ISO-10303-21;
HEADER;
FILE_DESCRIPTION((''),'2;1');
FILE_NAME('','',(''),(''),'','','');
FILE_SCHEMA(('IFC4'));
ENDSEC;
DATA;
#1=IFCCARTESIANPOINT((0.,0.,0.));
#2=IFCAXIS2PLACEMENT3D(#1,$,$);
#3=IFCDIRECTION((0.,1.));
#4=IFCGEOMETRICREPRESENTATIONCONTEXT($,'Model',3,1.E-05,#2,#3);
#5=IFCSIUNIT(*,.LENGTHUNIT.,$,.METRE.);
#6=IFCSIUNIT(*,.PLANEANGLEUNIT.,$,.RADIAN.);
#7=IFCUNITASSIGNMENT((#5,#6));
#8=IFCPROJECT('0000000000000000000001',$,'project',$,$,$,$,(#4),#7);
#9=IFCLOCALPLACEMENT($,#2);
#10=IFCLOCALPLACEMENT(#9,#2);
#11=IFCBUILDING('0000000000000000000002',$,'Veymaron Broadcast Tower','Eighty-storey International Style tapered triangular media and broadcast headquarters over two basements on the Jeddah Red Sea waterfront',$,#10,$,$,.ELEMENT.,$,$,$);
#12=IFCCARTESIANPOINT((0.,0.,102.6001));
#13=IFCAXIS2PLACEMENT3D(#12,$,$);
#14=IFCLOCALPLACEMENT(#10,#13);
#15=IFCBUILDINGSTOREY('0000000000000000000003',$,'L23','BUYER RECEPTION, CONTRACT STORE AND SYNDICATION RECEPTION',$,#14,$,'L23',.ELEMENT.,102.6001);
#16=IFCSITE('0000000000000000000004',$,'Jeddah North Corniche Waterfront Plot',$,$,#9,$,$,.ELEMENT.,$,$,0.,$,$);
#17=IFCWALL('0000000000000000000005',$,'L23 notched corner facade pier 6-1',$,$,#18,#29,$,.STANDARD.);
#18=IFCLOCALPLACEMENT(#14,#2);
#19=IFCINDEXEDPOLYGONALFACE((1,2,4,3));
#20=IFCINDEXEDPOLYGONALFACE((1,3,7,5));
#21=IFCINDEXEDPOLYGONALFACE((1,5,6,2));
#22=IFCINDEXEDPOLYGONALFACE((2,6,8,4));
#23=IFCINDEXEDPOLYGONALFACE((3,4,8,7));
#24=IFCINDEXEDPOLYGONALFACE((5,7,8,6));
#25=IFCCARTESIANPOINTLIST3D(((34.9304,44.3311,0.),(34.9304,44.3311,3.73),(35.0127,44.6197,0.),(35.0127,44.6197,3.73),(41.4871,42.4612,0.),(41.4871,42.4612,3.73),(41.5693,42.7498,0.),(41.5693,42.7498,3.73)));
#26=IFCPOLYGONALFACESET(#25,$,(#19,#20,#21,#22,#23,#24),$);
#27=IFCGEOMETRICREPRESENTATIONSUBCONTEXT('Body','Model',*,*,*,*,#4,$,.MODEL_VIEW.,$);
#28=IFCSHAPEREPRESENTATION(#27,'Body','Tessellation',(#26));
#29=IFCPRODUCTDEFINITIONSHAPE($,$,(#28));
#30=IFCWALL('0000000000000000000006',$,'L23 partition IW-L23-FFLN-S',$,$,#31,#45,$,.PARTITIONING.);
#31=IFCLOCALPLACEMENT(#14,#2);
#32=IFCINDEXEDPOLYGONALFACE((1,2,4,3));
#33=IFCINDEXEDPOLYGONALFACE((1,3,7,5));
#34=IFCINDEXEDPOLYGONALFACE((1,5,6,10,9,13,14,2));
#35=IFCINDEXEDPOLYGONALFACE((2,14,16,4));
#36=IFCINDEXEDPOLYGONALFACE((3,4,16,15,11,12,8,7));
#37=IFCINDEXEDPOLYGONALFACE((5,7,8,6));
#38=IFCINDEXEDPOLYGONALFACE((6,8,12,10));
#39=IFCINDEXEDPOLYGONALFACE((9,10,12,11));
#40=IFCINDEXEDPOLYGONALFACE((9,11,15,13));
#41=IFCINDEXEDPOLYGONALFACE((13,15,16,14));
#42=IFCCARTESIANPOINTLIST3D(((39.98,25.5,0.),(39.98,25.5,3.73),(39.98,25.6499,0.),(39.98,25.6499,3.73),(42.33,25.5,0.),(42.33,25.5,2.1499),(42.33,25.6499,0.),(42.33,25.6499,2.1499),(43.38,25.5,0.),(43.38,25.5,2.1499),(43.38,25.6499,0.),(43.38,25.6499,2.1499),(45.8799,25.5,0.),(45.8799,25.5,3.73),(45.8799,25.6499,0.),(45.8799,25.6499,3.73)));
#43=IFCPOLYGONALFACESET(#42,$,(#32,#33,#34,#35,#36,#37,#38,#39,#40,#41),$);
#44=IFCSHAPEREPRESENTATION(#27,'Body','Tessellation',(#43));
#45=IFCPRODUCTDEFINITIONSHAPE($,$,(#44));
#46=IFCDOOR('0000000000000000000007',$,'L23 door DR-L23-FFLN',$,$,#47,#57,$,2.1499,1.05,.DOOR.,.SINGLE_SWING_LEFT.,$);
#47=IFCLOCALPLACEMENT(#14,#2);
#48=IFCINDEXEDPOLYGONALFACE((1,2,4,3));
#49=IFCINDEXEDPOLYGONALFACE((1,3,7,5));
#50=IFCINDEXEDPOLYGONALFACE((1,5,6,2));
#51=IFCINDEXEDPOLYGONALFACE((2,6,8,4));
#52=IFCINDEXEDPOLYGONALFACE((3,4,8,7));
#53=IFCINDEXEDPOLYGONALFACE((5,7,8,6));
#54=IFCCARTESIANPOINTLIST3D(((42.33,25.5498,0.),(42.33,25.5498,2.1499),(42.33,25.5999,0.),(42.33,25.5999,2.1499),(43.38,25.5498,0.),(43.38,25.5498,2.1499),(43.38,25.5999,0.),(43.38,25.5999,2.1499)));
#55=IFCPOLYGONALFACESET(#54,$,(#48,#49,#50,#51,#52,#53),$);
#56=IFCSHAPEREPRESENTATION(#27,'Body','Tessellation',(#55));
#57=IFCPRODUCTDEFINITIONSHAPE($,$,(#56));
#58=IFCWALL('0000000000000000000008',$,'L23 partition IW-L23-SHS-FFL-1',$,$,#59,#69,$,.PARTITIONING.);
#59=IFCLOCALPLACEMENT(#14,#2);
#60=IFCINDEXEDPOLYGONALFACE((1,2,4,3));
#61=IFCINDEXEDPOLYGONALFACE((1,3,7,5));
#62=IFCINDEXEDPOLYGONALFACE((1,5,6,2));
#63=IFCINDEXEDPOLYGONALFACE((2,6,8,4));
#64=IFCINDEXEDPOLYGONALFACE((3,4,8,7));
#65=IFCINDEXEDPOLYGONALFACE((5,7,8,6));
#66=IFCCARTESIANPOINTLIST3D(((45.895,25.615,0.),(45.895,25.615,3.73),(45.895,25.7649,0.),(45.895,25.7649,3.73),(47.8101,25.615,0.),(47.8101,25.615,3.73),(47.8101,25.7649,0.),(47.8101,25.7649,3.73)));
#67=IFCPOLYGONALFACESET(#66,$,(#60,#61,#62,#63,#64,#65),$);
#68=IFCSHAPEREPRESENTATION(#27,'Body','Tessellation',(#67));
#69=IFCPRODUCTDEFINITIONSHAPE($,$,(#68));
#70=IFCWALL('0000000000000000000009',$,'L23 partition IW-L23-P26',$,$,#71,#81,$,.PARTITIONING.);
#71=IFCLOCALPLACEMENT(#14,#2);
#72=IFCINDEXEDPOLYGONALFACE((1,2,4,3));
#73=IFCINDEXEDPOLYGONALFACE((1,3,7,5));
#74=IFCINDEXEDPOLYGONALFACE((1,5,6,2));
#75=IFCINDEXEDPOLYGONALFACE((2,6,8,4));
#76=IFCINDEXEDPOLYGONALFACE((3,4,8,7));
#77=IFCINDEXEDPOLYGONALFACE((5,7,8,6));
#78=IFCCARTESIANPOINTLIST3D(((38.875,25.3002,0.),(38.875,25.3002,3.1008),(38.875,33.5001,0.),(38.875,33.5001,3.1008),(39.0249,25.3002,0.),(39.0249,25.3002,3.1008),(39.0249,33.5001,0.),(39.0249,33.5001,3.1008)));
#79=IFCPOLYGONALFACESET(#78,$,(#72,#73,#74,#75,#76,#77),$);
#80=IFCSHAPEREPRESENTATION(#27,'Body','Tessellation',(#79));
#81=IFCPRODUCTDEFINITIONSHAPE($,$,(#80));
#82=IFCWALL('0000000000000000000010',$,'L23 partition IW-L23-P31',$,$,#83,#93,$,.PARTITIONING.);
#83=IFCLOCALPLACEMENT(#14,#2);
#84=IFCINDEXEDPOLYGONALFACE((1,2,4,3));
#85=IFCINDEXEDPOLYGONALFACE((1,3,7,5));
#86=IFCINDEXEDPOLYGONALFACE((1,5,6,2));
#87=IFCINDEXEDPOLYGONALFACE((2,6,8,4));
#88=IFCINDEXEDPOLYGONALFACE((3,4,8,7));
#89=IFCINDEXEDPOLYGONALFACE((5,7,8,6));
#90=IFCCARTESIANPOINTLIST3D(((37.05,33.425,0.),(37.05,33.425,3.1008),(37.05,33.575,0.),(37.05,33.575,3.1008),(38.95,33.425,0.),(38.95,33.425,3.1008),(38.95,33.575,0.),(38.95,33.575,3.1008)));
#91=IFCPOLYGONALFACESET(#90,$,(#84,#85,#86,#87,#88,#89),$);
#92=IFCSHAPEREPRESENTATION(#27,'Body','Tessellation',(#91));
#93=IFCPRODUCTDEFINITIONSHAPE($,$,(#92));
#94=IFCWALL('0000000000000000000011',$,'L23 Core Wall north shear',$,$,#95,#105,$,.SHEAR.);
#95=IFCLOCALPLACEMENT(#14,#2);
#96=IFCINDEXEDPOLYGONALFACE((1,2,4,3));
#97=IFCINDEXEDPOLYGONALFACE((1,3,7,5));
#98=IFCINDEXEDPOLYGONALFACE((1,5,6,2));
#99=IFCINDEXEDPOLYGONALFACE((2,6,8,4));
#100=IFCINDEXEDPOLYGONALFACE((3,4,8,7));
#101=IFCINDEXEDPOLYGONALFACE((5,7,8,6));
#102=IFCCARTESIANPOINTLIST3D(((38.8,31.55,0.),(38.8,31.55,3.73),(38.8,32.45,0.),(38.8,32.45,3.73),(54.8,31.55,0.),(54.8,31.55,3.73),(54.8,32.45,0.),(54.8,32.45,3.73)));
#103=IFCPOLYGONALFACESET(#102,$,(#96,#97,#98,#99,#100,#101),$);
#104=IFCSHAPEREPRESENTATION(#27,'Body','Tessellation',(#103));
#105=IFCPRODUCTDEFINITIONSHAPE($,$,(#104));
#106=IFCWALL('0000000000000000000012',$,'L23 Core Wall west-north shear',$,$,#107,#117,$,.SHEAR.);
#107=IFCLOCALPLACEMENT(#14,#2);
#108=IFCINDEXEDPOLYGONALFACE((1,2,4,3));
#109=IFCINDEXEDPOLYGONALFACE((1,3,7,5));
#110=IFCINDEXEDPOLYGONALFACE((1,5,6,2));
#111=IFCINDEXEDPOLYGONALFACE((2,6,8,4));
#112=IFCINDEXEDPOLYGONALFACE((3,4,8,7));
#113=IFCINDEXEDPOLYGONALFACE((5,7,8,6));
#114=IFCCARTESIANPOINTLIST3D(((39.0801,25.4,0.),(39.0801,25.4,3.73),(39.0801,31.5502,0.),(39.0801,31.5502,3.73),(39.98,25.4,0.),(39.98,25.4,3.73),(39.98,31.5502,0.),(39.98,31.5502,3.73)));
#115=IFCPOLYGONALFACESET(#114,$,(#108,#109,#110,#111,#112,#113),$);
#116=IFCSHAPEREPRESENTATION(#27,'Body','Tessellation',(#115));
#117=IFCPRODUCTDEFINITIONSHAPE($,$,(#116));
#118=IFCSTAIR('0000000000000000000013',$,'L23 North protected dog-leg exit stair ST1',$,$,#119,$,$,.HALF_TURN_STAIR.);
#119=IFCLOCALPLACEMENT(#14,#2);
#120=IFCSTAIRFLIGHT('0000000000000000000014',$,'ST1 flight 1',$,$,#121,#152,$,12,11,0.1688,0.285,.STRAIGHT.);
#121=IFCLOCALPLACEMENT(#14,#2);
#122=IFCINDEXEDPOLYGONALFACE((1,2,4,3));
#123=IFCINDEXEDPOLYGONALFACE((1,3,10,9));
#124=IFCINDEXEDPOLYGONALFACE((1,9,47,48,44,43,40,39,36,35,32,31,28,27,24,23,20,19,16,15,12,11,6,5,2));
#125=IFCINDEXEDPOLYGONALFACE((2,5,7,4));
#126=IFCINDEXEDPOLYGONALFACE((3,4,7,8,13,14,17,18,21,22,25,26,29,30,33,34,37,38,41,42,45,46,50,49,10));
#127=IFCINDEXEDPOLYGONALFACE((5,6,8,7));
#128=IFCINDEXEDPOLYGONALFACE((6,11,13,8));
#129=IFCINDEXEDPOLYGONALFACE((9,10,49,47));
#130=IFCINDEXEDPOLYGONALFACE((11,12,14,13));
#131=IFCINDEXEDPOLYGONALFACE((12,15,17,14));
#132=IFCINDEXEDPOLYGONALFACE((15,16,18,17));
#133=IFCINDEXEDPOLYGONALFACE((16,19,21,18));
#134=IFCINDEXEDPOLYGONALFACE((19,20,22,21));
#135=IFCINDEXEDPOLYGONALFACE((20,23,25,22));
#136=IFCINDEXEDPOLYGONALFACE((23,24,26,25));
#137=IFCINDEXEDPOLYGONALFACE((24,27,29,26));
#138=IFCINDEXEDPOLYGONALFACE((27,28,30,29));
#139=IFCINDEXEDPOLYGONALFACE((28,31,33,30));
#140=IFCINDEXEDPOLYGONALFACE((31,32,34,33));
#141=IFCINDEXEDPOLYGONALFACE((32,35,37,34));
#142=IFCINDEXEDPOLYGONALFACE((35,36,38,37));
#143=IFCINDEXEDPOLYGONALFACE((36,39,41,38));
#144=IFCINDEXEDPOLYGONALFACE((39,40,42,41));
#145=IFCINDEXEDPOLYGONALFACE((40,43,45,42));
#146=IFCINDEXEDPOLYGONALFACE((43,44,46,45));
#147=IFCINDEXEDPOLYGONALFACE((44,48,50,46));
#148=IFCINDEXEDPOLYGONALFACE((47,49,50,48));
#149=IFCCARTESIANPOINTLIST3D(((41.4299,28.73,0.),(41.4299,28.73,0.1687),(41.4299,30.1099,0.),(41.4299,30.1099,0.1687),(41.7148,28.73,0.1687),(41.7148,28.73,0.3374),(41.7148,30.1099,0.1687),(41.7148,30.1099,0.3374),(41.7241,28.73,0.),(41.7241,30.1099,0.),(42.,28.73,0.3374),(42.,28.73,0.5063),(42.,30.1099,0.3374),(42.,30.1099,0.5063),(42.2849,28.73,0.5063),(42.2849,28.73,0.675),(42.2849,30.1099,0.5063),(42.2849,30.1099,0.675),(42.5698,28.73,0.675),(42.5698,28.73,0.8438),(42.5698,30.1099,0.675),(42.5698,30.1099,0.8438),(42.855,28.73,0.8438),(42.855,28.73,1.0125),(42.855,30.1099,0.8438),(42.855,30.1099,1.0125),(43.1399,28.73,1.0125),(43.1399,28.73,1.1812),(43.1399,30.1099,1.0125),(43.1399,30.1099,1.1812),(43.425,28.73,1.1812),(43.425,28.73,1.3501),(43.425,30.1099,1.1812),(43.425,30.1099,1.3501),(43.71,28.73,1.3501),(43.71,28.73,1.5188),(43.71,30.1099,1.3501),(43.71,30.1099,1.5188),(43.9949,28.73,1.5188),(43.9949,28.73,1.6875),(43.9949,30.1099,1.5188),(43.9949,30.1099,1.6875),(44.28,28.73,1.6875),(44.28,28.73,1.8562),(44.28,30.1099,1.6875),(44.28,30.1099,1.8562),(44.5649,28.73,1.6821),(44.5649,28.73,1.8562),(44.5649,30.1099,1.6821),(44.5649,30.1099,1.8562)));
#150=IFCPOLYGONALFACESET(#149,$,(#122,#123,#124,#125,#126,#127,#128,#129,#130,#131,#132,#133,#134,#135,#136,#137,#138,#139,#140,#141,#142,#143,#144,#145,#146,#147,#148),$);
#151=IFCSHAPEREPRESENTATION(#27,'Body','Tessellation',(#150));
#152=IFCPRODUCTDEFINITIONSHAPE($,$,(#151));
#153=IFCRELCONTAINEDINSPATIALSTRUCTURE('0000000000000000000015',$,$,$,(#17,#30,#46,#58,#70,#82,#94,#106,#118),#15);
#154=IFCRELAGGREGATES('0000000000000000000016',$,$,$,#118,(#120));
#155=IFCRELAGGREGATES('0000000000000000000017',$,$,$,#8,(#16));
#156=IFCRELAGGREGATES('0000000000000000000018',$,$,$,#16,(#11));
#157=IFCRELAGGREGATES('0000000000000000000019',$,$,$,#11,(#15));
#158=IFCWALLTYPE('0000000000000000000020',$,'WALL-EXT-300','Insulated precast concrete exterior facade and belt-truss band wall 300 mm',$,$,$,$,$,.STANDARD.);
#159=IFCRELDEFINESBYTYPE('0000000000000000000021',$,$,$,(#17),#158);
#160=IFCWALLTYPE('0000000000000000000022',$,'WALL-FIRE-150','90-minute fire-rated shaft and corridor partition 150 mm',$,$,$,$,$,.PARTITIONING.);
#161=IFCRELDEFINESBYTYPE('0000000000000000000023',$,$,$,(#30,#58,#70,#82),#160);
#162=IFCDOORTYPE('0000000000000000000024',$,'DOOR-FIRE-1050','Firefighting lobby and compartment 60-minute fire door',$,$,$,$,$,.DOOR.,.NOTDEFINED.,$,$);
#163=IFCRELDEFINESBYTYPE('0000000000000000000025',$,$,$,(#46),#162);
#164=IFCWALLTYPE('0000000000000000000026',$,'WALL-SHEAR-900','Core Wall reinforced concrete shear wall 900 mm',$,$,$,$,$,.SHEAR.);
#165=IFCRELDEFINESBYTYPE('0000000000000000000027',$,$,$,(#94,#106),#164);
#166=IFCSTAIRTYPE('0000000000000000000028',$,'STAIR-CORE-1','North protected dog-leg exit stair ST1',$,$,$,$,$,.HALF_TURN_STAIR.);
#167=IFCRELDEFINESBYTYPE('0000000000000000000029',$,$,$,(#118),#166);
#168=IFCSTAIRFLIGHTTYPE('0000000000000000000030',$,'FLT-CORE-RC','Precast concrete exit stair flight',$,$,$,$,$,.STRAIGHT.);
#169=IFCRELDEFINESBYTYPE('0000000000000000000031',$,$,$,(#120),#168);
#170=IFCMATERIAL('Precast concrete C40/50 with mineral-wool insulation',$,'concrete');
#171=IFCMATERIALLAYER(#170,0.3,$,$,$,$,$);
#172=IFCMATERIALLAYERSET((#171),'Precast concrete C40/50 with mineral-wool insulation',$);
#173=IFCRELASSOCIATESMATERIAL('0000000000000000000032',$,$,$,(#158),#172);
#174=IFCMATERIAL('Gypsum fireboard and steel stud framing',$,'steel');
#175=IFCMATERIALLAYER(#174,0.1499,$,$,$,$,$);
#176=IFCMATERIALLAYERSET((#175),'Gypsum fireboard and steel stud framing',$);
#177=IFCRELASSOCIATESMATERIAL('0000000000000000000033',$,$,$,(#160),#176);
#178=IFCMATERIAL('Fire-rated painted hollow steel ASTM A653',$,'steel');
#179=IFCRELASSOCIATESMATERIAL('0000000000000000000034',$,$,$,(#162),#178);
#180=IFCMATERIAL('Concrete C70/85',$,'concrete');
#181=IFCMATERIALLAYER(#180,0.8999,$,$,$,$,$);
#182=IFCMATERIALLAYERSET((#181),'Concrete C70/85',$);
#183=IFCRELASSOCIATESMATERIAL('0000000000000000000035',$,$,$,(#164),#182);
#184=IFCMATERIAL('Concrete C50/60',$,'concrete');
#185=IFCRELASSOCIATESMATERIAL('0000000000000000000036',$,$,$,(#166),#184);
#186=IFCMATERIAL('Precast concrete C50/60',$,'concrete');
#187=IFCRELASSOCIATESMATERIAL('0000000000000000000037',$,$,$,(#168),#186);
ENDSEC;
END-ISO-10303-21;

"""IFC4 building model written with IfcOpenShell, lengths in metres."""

from ifc_helpers import new_model, si_unit, direction, frame, frame_2d, origin, place, context, subcontext, project, spatial, polyline, rectangle, outline, extrude, material, layer, layer_set, type_object, element, fill, aggregate, save


model = new_model("IFC4")

# Units and contexts
model_context = context("Model", 3, precision=1e-05, world=origin(), true_north=direction((0.0, 1.0)))
body_context = subcontext(model_context, "Body", "Model", "MODEL_VIEW")
ifc_project = project(units=[si_unit("LENGTHUNIT", "METRE"), si_unit("PLANEANGLEUNIT", "RADIAN")], contexts=[model_context])

# Site, building, storey
site_placement = place(None, origin())
site = spatial("IfcSite", under=ifc_project, at=site_placement, Name="Jeddah North Corniche Waterfront Plot", CompositionType="ELEMENT", RefElevation=0.0)
building_placement = place(site_placement, origin())
building = spatial("IfcBuilding", under=site, at=building_placement, Name="Veymaron Broadcast Tower", Description="Eighty-storey International Style tapered triangular media and broadcast headquarters over two basements on the Jeddah Red Sea waterfront", CompositionType="ELEMENT")
storey_placement = place(building_placement, frame((0.0, 0.0, 102.6001)))
storey = spatial("IfcBuildingStorey", under=building, at=storey_placement, Name="L23", Description="BUYER RECEPTION, CONTRACT STORE AND SYNDICATION RECEPTION", LongName="L23", CompositionType="ELEMENT", Elevation=102.6001)

# Wall
ifc_material_1 = material(Name="Precast concrete C40/50 with mineral-wool insulation", Category="concrete")
ifc_layer_1 = layer(ifc_material_1, 0.3)
ifc_layer_set_1 = layer_set([ifc_layer_1], Name="Precast concrete C40/50 with mineral-wool insulation")
wall_type_1 = type_object("IfcWallType", Name="WALL-EXT-300", Description="Insulated precast concrete exterior facade and belt-truss band wall 300 mm", PredefinedType="STANDARD", material=ifc_layer_set_1)
wall_1_placement = place(storey_placement, frame((41.5283, 42.6055, 0.0), z_axis=(0.0, 0.0, 1.0), x_axis=(-0.961658, 0.274253, 0.0)))
element("IfcWall", 1, at=wall_1_placement, inside=storey, type_object=wall_type_1, Name="L23 notched corner facade pier 6-1", PredefinedType="STANDARD", context=body_context, shape_type="SweptSolid", body=[
    extrude(rectangle(XDim=6.8181, YDim=0.3, at=frame_2d((3.4092, 0.0))), origin(), (0.0, 0.0, 1.0), 3.73),
])

# Wall, opening, door
ifc_material_2 = material(Name="Gypsum fireboard and steel stud framing", Category="steel")
ifc_layer_2 = layer(ifc_material_2, 0.1499)
ifc_layer_set_2 = layer_set([ifc_layer_2], Name="Gypsum fireboard and steel stud framing")
wall_type_2 = type_object("IfcWallType", Name="WALL-FIRE-150", Description="90-minute fire-rated shaft and corridor partition 150 mm", PredefinedType="PARTITIONING", material=ifc_layer_set_2)
wall_2_placement = place(storey_placement, frame((39.98, 25.575, 0.0), z_axis=(0.0, 0.0, 1.0), x_axis=(1.0, 0.0, 0.0)))
wall_2 = element("IfcWall", 2, at=wall_2_placement, inside=storey, type_object=wall_type_2, Name="L23 partition IW-L23-FFLN-S", PredefinedType="PARTITIONING", context=body_context, shape_type="SweptSolid", body=[
    extrude(rectangle(XDim=5.8999, YDim=0.1499, at=frame_2d((2.95, 0.0))), origin(), (0.0, 0.0, 1.0), 3.73),
])
opening_1_placement = place(wall_2_placement, frame((2.3501, 0.0, 0.0)))
opening_1 = element("IfcOpeningElement", 3, at=opening_1_placement, cuts=wall_2, PredefinedType="OPENING", context=body_context, shape_type="SweptSolid", body=[
    extrude(rectangle(XDim=1.05, YDim=2.1499, at=frame_2d((0.5249, 1.075))), frame((0.0, 0.085, 0.0), z_axis=(0.0, -1.0, 0.0), x_axis=(1.0, 0.0, 0.0)), (0.0, 0.0, 1.0), 0.1699),
])
ifc_material_3 = material(Name="Fire-rated painted hollow steel ASTM A653", Category="steel")
door_type_1 = type_object("IfcDoorType", Name="DOOR-FIRE-1050", Description="Firefighting lobby and compartment 60-minute fire door", OperationType="NOTDEFINED", PredefinedType="DOOR", material=ifc_material_3)
door_1_placement = place(opening_1_placement, origin())
door_1 = element("IfcDoor", 4, at=door_1_placement, inside=storey, type_object=door_type_1, Name="L23 door DR-L23-FFLN", OperationType="SINGLE_SWING_LEFT", OverallHeight=2.1499, OverallWidth=1.05, PredefinedType="DOOR", context=body_context, shape_type="SweptSolid", body=[
    extrude(rectangle(XDim=1.05, YDim=2.1499, at=frame_2d((0.5249, 1.075))), frame((0.0, 0.0249, 0.0), z_axis=(0.0, -1.0, 0.0), x_axis=(1.0, 0.0, 0.0)), (0.0, 0.0, 1.0), 0.05),
])
fill(opening_1, door_1)

# Wall
wall_3_placement = place(storey_placement, frame((45.895, 25.6899, 0.0), z_axis=(0.0, 0.0, 1.0), x_axis=(1.0, 0.0, 0.0)))
element("IfcWall", 5, at=wall_3_placement, inside=storey, type_object=wall_type_2, Name="L23 partition IW-L23-SHS-FFL-1", PredefinedType="PARTITIONING", context=body_context, shape_type="SweptSolid", body=[
    extrude(rectangle(XDim=1.915, YDim=0.1499, at=frame_2d((0.9575, 0.0))), origin(), (0.0, 0.0, 1.0), 3.73),
])

# Walls
wall_4_placement = place(storey_placement, frame((38.95, 25.3, 0.0), z_axis=(0.0, 0.0, 1.0), x_axis=(0.0, 1.0, 0.0)))
element("IfcWall", 6, at=wall_4_placement, inside=storey, type_object=wall_type_2, Name="L23 partition IW-L23-P26", PredefinedType="PARTITIONING", context=body_context, shape_type="SweptSolid", body=[
    extrude(rectangle(XDim=8.2, YDim=0.1499, at=frame_2d((4.1001, 0.0))), origin(), (0.0, 0.0, 1.0), 3.1008),
])
wall_5_placement = place(storey_placement, frame((37.05, 33.5, 0.0), z_axis=(0.0, 0.0, 1.0), x_axis=(1.0, 0.0, 0.0)))
element("IfcWall", 7, at=wall_5_placement, inside=storey, type_object=wall_type_2, Name="L23 partition IW-L23-P31", PredefinedType="PARTITIONING", context=body_context, shape_type="SweptSolid", body=[
    extrude(rectangle(XDim=1.8999, YDim=0.1499, at=frame_2d((0.95, 0.0))), origin(), (0.0, 0.0, 1.0), 3.1008),
])

# Shared definitions
ifc_material_4 = material(Name="Concrete C50/60", Category="concrete")

# Walls
ifc_material_5 = material(Name="Concrete C70/85", Category="concrete")
ifc_layer_3 = layer(ifc_material_5, 0.8999)
ifc_layer_set_3 = layer_set([ifc_layer_3], Name="Concrete C70/85")
wall_type_3 = type_object("IfcWallType", Name="WALL-SHEAR-900", Description="Core Wall reinforced concrete shear wall 900 mm", PredefinedType="SHEAR", material=ifc_layer_set_3)
wall_6_placement = place(storey_placement, frame((38.8, 32.0, 0.0), z_axis=(0.0, 0.0, 1.0), x_axis=(1.0, 0.0, 0.0)))
element("IfcWall", 8, at=wall_6_placement, inside=storey, type_object=wall_type_3, Name="L23 Core Wall north shear", PredefinedType="SHEAR", context=body_context, shape_type="SweptSolid", body=[
    extrude(rectangle(XDim=16.0, YDim=0.8999, at=frame_2d((8.0, 0.0))), origin(), (0.0, 0.0, 1.0), 3.73),
])
wall_7_placement = place(storey_placement, frame((39.53, 25.3999, 0.0), z_axis=(0.0, 0.0, 1.0), x_axis=(0.0, 1.0, 0.0)))
element("IfcWall", 9, at=wall_7_placement, inside=storey, type_object=wall_type_3, Name="L23 Core Wall west-north shear", PredefinedType="SHEAR", context=body_context, shape_type="SweptSolid", body=[
    extrude(rectangle(XDim=6.1501, YDim=0.8999, at=frame_2d((3.0752, 0.0))), origin(), (0.0, 0.0, 1.0), 3.73),
])

# Stair, stair flight
stair_type = type_object("IfcStairType", Name="STAIR-CORE-1", Description="North protected dog-leg exit stair ST1", PredefinedType="HALF_TURN_STAIR", material=ifc_material_4)
stair_placement = place(storey_placement, origin())
stair = element("IfcStair", 10, at=stair_placement, inside=storey, type_object=stair_type, Name="L23 North protected dog-leg exit stair ST1", PredefinedType="HALF_TURN_STAIR")
ifc_material_6 = material(Name="Precast concrete C50/60", Category="concrete")
stair_flight_type = type_object("IfcStairFlightType", Name="FLT-CORE-RC", Description="Precast concrete exit stair flight", PredefinedType="STRAIGHT", material=ifc_material_6)
stair_flight_1_placement = place(storey_placement, frame((41.4299, 29.4199, 0.0), z_axis=(0.0, 0.0, 1.0), x_axis=(1.0, 0.0, 0.0)))
stair_flight_1 = element("IfcStairFlight", 11, at=stair_flight_1_placement, type_object=stair_flight_type, Name="ST1 flight 1", NumberOfRisers=12, NumberOfTreads=11, PredefinedType="STRAIGHT", RiserHeight=0.1688, TreadLength=0.285, context=body_context, shape_type="SweptSolid", body=[
    extrude(outline(polyline([(0.0, 0.0), (0.0, 0.1687), (0.2849, 0.1687), (0.2849, 0.3374), (0.5701, 0.3374), (0.5701, 0.5063), (0.855, 0.5063), (0.855, 0.675), (1.1399, 0.675), (1.1399, 0.8438), (1.425, 0.8438), (1.425, 1.0125), (1.71, 1.0125), (1.71, 1.1812), (1.9951, 1.1812), (1.9951, 1.3501), (2.28, 1.3501), (2.28, 1.5188), (2.5649, 1.5188), (2.5649, 1.6875), (2.8501, 1.6875), (2.8501, 1.8562), (3.135, 1.8562), (3.135, 2.0249), (3.135, 1.6821), (0.2942, 0.0), (0.0, 0.0)])), frame((0.0, 0.6899, 0.0), z_axis=(0.0, -1.0, 0.0), x_axis=(1.0, 0.0, 0.0)), (0.0, 0.0, 1.0), 1.3799),
])
aggregate(stair, [stair_flight_1])

save(model, "model.ifc")
